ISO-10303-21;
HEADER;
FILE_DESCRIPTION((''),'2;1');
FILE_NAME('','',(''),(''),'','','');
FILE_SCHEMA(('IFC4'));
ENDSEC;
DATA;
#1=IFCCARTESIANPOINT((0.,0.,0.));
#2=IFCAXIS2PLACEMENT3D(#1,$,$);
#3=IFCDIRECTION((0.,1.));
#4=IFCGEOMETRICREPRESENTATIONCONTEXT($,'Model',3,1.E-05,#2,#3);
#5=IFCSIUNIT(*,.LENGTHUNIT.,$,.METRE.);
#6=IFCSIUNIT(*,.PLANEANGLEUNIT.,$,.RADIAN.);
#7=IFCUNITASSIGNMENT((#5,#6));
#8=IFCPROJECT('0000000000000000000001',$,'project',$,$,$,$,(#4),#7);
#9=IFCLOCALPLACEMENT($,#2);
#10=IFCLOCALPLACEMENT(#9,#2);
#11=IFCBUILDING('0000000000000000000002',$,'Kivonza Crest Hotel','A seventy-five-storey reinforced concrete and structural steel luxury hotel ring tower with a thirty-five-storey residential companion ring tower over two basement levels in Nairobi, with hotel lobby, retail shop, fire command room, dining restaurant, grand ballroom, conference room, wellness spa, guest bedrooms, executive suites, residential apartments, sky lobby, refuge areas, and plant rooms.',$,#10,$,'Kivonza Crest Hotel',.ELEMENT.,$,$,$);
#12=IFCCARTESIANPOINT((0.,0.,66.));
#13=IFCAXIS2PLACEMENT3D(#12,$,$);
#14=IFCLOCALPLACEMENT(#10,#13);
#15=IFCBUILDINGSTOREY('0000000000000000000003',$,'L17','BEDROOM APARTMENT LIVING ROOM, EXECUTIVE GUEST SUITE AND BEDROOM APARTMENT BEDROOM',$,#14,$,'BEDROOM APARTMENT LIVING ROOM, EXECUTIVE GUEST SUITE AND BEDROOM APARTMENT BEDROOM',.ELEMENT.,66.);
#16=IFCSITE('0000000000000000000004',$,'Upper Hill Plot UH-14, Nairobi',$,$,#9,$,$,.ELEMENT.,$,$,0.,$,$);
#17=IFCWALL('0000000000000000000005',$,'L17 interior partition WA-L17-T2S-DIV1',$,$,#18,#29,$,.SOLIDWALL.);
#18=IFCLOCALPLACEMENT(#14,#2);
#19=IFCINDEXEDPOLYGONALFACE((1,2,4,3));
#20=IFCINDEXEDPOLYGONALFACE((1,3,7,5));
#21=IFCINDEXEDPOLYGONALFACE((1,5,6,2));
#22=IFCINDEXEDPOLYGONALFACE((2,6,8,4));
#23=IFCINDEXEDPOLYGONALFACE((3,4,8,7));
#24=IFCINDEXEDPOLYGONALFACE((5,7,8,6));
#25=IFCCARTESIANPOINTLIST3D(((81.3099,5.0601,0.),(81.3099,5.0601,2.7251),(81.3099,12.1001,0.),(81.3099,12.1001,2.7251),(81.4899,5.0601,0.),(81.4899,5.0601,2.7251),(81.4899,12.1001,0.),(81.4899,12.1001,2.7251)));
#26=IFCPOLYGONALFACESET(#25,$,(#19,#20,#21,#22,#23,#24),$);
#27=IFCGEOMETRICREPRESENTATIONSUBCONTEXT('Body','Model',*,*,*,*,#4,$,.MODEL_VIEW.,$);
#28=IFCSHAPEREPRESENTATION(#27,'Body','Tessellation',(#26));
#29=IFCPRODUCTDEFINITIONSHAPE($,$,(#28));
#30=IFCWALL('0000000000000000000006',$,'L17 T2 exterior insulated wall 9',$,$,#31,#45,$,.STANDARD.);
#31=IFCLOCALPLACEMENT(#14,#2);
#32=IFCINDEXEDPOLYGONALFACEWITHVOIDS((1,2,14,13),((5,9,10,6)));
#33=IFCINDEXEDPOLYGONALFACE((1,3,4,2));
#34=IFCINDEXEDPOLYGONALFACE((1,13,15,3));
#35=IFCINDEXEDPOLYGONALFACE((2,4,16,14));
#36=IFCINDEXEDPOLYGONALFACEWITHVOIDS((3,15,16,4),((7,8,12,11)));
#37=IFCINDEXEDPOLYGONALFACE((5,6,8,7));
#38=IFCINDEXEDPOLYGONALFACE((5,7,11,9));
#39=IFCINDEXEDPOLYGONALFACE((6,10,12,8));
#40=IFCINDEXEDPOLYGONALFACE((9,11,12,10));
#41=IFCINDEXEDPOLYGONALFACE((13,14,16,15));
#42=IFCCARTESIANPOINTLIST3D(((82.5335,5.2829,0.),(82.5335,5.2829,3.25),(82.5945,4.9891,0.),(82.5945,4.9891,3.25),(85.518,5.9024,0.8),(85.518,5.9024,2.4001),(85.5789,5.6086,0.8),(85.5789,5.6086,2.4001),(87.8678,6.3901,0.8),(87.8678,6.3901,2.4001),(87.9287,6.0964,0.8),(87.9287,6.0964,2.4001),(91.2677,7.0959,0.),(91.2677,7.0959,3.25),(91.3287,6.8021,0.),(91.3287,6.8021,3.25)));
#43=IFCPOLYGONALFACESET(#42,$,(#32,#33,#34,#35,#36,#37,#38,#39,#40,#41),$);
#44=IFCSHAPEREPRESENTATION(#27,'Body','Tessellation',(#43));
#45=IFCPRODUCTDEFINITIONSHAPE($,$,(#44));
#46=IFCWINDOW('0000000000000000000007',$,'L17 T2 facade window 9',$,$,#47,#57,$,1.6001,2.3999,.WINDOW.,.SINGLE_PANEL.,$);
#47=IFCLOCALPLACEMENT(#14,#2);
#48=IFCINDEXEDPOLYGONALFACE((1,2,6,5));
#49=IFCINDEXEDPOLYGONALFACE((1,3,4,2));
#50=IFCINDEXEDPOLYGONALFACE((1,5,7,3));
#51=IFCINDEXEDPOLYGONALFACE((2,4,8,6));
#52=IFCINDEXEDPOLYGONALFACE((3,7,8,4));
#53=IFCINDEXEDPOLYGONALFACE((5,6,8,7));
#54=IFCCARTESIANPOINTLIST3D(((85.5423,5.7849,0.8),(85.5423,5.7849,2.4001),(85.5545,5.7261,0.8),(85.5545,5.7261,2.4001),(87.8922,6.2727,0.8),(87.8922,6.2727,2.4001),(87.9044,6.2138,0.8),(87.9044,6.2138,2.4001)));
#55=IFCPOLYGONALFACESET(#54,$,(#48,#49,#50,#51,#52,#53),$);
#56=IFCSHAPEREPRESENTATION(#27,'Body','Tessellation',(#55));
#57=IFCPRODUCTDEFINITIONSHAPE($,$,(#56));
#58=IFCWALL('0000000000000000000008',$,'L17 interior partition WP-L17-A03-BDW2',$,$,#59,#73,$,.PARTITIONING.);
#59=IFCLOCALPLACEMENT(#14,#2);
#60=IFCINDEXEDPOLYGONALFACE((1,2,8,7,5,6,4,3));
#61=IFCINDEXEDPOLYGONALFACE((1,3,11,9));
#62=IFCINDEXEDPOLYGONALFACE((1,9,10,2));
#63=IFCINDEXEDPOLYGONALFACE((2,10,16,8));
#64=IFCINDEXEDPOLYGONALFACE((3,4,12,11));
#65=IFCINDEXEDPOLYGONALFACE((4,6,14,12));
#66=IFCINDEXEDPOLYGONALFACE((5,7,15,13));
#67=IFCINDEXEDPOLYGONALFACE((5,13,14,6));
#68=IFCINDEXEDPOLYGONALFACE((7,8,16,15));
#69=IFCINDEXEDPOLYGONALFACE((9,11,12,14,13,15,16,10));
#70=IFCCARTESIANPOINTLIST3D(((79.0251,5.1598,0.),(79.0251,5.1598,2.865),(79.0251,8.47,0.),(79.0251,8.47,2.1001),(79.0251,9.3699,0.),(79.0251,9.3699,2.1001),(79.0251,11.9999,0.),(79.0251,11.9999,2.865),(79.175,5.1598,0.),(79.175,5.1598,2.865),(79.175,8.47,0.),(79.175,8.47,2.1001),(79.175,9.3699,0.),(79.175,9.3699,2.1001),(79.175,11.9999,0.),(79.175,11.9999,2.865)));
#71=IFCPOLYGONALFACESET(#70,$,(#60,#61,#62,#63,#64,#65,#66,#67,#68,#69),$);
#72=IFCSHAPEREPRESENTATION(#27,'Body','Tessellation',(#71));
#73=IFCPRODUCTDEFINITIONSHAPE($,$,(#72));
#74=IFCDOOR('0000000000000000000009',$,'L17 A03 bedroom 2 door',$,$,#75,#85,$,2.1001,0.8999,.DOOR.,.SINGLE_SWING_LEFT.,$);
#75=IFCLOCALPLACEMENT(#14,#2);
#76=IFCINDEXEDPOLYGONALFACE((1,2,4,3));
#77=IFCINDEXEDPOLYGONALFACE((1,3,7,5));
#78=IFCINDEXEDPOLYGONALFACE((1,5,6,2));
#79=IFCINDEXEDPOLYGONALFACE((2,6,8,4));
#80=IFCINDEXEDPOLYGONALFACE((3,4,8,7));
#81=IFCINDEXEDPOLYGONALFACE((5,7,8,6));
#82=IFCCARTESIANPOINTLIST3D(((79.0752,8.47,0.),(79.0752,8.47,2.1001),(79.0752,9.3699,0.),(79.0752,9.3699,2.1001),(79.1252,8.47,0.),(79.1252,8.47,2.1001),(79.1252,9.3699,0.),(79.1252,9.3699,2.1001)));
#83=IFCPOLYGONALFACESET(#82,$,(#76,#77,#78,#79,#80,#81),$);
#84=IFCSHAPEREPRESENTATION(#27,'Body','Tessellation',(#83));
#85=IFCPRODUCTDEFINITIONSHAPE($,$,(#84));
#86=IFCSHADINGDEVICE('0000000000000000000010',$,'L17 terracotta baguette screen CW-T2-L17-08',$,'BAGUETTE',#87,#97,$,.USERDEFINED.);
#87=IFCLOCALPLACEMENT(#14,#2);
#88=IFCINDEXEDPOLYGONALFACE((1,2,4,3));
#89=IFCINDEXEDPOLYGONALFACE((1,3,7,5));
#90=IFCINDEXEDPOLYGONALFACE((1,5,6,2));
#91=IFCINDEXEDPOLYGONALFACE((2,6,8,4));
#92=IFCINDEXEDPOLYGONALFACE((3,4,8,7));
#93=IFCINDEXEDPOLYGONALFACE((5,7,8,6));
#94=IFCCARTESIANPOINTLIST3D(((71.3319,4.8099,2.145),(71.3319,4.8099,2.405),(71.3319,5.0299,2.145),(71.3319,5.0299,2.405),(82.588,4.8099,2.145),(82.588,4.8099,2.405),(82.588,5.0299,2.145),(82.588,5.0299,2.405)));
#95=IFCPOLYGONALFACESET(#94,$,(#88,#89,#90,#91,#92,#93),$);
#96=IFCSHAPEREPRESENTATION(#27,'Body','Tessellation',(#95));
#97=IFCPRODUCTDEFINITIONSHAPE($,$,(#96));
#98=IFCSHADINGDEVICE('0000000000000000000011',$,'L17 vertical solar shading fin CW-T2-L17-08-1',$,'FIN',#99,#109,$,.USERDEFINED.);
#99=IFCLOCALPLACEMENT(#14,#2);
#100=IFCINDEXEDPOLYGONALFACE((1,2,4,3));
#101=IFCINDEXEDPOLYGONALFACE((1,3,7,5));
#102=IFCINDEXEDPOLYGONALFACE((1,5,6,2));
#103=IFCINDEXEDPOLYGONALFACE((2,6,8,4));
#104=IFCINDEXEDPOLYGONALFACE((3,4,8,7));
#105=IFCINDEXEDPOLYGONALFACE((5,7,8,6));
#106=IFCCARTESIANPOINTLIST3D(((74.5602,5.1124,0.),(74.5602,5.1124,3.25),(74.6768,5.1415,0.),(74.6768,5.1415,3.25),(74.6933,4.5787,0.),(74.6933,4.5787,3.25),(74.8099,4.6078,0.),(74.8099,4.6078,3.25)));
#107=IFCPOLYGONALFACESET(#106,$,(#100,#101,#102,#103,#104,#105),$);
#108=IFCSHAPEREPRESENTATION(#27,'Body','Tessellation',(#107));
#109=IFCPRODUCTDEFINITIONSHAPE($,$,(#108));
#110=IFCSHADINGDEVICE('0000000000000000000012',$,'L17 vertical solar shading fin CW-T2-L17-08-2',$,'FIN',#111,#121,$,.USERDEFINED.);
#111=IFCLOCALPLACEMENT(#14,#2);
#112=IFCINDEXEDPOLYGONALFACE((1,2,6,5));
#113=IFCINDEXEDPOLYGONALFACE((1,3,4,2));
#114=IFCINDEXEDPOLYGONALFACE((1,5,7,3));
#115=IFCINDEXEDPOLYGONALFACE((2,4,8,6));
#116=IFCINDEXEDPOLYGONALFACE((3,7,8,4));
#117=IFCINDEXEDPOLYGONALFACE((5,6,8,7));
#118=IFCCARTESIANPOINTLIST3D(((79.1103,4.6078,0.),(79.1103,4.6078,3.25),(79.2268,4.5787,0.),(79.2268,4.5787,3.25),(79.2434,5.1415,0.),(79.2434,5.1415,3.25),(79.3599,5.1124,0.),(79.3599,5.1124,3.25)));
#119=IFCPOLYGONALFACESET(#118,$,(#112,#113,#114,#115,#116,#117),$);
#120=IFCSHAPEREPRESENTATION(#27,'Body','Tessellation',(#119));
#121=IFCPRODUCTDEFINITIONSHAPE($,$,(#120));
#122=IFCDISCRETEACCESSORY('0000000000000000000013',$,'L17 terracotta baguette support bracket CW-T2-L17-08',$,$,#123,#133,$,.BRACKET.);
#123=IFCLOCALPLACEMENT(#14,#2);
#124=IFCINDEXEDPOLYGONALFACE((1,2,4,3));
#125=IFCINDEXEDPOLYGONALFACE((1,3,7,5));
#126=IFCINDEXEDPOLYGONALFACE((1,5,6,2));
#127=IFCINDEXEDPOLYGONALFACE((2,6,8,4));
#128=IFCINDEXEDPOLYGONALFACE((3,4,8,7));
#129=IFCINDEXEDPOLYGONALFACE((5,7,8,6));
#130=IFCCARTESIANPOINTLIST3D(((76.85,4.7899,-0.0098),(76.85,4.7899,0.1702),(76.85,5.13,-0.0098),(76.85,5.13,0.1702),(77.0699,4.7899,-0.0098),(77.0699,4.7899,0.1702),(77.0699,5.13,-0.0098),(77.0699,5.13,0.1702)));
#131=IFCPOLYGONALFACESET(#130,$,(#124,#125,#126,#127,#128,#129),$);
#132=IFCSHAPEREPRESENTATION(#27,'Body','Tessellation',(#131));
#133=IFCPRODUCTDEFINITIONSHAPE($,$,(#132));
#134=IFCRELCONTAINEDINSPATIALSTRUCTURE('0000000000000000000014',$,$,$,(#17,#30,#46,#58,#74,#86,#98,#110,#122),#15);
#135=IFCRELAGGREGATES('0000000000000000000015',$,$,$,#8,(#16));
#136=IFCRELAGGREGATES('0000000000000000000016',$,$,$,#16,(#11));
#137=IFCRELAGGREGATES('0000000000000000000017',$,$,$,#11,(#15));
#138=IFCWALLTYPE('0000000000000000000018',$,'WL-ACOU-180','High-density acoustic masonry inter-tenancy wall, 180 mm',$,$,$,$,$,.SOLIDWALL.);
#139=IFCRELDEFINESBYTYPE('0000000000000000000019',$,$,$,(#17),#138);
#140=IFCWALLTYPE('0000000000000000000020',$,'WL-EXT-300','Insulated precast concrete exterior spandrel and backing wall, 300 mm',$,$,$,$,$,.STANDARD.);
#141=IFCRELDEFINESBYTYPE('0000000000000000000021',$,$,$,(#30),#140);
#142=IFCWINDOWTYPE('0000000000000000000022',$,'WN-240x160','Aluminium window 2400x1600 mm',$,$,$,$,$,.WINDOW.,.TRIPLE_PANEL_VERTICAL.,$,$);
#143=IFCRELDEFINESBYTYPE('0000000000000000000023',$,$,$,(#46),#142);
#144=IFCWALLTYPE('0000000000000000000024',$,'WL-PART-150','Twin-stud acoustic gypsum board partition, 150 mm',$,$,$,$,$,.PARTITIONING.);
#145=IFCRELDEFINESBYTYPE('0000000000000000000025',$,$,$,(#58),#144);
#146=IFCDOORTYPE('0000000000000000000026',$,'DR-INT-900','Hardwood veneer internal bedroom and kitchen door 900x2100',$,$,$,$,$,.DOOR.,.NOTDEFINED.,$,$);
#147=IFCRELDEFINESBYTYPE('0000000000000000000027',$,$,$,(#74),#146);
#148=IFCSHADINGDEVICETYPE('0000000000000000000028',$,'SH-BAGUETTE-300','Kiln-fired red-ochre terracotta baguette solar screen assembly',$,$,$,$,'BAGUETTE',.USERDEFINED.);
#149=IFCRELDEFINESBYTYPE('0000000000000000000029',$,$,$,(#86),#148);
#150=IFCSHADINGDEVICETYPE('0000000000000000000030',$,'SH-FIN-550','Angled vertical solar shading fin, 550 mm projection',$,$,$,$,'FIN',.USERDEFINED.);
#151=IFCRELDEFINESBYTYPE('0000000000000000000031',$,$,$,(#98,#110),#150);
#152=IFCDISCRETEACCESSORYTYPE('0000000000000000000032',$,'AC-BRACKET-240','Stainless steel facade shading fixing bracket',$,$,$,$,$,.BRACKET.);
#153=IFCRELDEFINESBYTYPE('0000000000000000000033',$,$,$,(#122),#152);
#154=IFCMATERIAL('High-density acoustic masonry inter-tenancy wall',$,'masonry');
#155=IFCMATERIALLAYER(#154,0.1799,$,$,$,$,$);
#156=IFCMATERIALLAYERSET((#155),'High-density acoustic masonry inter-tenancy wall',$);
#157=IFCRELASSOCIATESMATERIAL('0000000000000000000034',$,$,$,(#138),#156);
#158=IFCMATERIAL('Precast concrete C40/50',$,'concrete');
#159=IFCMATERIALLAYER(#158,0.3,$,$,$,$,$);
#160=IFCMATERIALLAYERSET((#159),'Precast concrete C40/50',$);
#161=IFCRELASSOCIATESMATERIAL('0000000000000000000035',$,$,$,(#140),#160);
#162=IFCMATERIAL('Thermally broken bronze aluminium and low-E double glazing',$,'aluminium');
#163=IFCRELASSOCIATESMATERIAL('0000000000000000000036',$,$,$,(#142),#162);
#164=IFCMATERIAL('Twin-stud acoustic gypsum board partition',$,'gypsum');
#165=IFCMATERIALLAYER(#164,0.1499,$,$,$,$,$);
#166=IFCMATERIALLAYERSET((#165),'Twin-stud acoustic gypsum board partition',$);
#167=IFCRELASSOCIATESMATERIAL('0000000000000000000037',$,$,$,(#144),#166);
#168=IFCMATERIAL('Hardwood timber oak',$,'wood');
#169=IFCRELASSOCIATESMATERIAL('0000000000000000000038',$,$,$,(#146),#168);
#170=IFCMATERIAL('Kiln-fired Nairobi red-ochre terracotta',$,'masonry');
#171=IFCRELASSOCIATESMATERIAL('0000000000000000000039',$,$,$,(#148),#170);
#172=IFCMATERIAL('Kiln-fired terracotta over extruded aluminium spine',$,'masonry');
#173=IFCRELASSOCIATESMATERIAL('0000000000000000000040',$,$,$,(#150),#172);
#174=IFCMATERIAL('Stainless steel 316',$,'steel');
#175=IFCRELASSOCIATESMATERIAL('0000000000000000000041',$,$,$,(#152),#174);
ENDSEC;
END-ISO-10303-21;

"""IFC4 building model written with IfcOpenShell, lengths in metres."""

from ifc_helpers import new_model, si_unit, direction, frame, frame_2d, origin, origin_2d, place, context, subcontext, project, spatial, rectangle, extrude, material, layer, layer_set, type_object, element, fill, save


model = new_model("IFC4")

# Units and contexts
model_context = context("Model", 3, precision=1e-05, world=origin(), true_north=direction((0.0, 1.0)))
body_context = subcontext(model_context, "Body", "Model", "MODEL_VIEW")
ifc_project = project(units=[si_unit("LENGTHUNIT", "METRE"), si_unit("PLANEANGLEUNIT", "RADIAN")], contexts=[model_context])

# Site, building, storey
site_placement = place(None, origin())
site = spatial("IfcSite", under=ifc_project, at=site_placement, Name="Upper Hill Plot UH-14, Nairobi", CompositionType="ELEMENT", RefElevation=0.0)
building_placement = place(site_placement, origin())
building = spatial("IfcBuilding", under=site, at=building_placement, Name="Kivonza Crest Hotel", Description="A seventy-five-storey reinforced concrete and structural steel luxury hotel ring tower with a thirty-five-storey residential companion ring tower over two basement levels in Nairobi, with hotel lobby, retail shop, fire command room, dining restaurant, grand ballroom, conference room, wellness spa, guest bedrooms, executive suites, residential apartments, sky lobby, refuge areas, and plant rooms.", LongName="Kivonza Crest Hotel", CompositionType="ELEMENT")
storey_placement = place(building_placement, frame((0.0, 0.0, 66.0)))
storey = spatial("IfcBuildingStorey", under=building, at=storey_placement, Name="L17", Description="BEDROOM APARTMENT LIVING ROOM, EXECUTIVE GUEST SUITE AND BEDROOM APARTMENT BEDROOM", LongName="BEDROOM APARTMENT LIVING ROOM, EXECUTIVE GUEST SUITE AND BEDROOM APARTMENT BEDROOM", CompositionType="ELEMENT", Elevation=66.0)

# Wall
ifc_material_1 = material(Name="High-density acoustic masonry inter-tenancy wall", Category="masonry")
ifc_layer_1 = layer(ifc_material_1, 0.1799)
ifc_layer_set_1 = layer_set([ifc_layer_1], Name="High-density acoustic masonry inter-tenancy wall")
wall_type_1 = type_object("IfcWallType", Name="WL-ACOU-180", Description="High-density acoustic masonry inter-tenancy wall, 180 mm", PredefinedType="SOLIDWALL", material=ifc_layer_set_1)
wall_1_placement = place(storey_placement, frame((81.3999, 5.0601, 0.0), z_axis=(0.0, 0.0, 1.0), x_axis=(0.0, 1.0, 0.0)))
element("IfcWall", 1, at=wall_1_placement, inside=storey, type_object=wall_type_1, Name="L17 interior partition WA-L17-T2S-DIV1", PredefinedType="SOLIDWALL", context=body_context, shape_type="SweptSolid", body=[
    extrude(rectangle(XDim=7.04, YDim=0.1799, at=frame_2d((3.52, 0.0))), origin(), (0.0, 0.0, 1.0), 2.7251),
])

# Wall, opening, window
ifc_material_2 = material(Name="Precast concrete C40/50", Category="concrete")
ifc_layer_2 = layer(ifc_material_2, 0.3)
ifc_layer_set_2 = layer_set([ifc_layer_2], Name="Precast concrete C40/50")
wall_type_2 = type_object("IfcWallType", Name="WL-EXT-300", Description="Insulated precast concrete exterior spandrel and backing wall, 300 mm", PredefinedType="STANDARD", material=ifc_layer_set_2)
wall_2_placement = place(storey_placement, frame((82.564, 5.136, 0.0), z_axis=(0.0, 0.0, 1.0), x_axis=(0.979128, 0.203243, 0.0)))
wall_2 = element("IfcWall", 2, at=wall_2_placement, inside=storey, type_object=wall_type_2, Name="L17 T2 exterior insulated wall 9", PredefinedType="STANDARD", context=body_context, shape_type="SweptSolid", body=[
    extrude(rectangle(XDim=8.9204, YDim=0.3, at=frame_2d((4.4602, 0.0))), origin(), (0.0, 0.0, 1.0), 3.25),
])
opening_1_placement = place(wall_2_placement, frame((3.0481, 0.0, 0.8)))
opening_1 = element("IfcOpeningElement", 3, at=opening_1_placement, cuts=wall_2, PredefinedType="OPENING", context=body_context, shape_type="SweptSolid", body=[
    extrude(rectangle(XDim=2.3999, YDim=1.6001, at=frame_2d((1.2, 0.8))), frame((0.0, 0.1602, 0.0), z_axis=(0.0, -1.0, 0.0), x_axis=(1.0, 0.0, 0.0)), (0.0, 0.0, 1.0), 0.3201),
])
ifc_material_3 = material(Name="Thermally broken bronze aluminium and low-E double glazing", Category="aluminium")
window_type = type_object("IfcWindowType", Name="WN-240x160", Description="Aluminium window 2400x1600 mm", PartitioningType="TRIPLE_PANEL_VERTICAL", PredefinedType="WINDOW", material=ifc_material_3)
window_placement = place(opening_1_placement, origin())
window = element("IfcWindow", 4, at=window_placement, inside=storey, type_object=window_type, Name="L17 T2 facade window 9", OverallHeight=1.6001, OverallWidth=2.3999, PartitioningType="SINGLE_PANEL", PredefinedType="WINDOW", context=body_context, shape_type="SweptSolid", body=[
    extrude(rectangle(XDim=2.3999, YDim=1.6001, at=frame_2d((1.2, 0.8))), frame((0.0, 0.03, 0.0), z_axis=(0.0, -1.0, 0.0), x_axis=(1.0, 0.0, 0.0)), (0.0, 0.0, 1.0), 0.0601),
])
fill(opening_1, window)

# Wall, opening, door
ifc_material_4 = material(Name="Twin-stud acoustic gypsum board partition", Category="gypsum")
ifc_layer_3 = layer(ifc_material_4, 0.1499)
ifc_layer_set_3 = layer_set([ifc_layer_3], Name="Twin-stud acoustic gypsum board partition")
wall_type_3 = type_object("IfcWallType", Name="WL-PART-150", Description="Twin-stud acoustic gypsum board partition, 150 mm", PredefinedType="PARTITIONING", material=ifc_layer_set_3)
wall_3_placement = place(storey_placement, frame((79.1001, 5.1599, 0.0), z_axis=(0.0, 0.0, 1.0), x_axis=(0.0, 1.0, 0.0)))
wall_3 = element("IfcWall", 5, at=wall_3_placement, inside=storey, type_object=wall_type_3, Name="L17 interior partition WP-L17-A03-BDW2", PredefinedType="PARTITIONING", context=body_context, shape_type="SweptSolid", body=[
    extrude(rectangle(XDim=6.8401, YDim=0.1499, at=frame_2d((3.4199, 0.0))), origin(), (0.0, 0.0, 1.0), 2.865),
])
opening_2_placement = place(wall_3_placement, frame((3.3101, 0.0, 0.0)))
opening_2 = element("IfcOpeningElement", 6, at=opening_2_placement, cuts=wall_3, PredefinedType="OPENING", context=body_context, shape_type="SweptSolid", body=[
    extrude(rectangle(XDim=0.8999, YDim=2.1001, at=frame_2d((0.45, 1.05))), frame((0.0, 0.085, 0.0), z_axis=(0.0, -1.0, 0.0), x_axis=(1.0, 0.0, 0.0)), (0.0, 0.0, 1.0), 0.1699),
])
ifc_material_5 = material(Name="Hardwood timber oak", Category="wood")
door_type = type_object("IfcDoorType", Name="DR-INT-900", Description="Hardwood veneer internal bedroom and kitchen door 900x2100", OperationType="NOTDEFINED", PredefinedType="DOOR", material=ifc_material_5)
door_placement = place(opening_2_placement, origin())
door = element("IfcDoor", 7, at=door_placement, inside=storey, type_object=door_type, Name="L17 A03 bedroom 2 door", OperationType="SINGLE_SWING_LEFT", OverallHeight=2.1001, OverallWidth=0.8999, PredefinedType="DOOR", context=body_context, shape_type="SweptSolid", body=[
    extrude(rectangle(XDim=0.8999, YDim=2.1001, at=frame_2d((0.45, 1.05))), frame((0.0, 0.0249, 0.0), z_axis=(0.0, -1.0, 0.0), x_axis=(1.0, 0.0, 0.0)), (0.0, 0.0, 1.0), 0.05),
])
fill(opening_2, door)

# Shading devices
ifc_material_6 = material(Name="Kiln-fired Nairobi red-ochre terracotta", Category="masonry")
shading_device_type_1 = type_object("IfcShadingDeviceType", Name="SH-BAGUETTE-300", Description="Kiln-fired red-ochre terracotta baguette solar screen assembly", ElementType="BAGUETTE", PredefinedType="USERDEFINED", material=ifc_material_6)
shading_device_placement = place(storey_placement, frame((76.96, 4.9199, 2.145), z_axis=(0.0, 0.0, 1.0), x_axis=(1.0, 0.0, 0.0)))
element("IfcShadingDevice", 8, at=shading_device_placement, inside=storey, type_object=shading_device_type_1, Name="L17 terracotta baguette screen CW-T2-L17-08", ObjectType="BAGUETTE", PredefinedType="USERDEFINED", context=body_context, shape_type="SweptSolid", body=[
    extrude(rectangle(XDim=11.2561, YDim=0.22, at=origin_2d()), origin(), (0.0, 0.0, 1.0), 0.26),
])
ifc_material_7 = material(Name="Kiln-fired terracotta over extruded aluminium spine", Category="masonry")
shading_device_type_2 = type_object("IfcShadingDeviceType", Name="SH-FIN-550", Description="Angled vertical solar shading fin, 550 mm projection", ElementType="FIN", PredefinedType="USERDEFINED", material=ifc_material_7)
for number, where, z_axis, x_axis, name in (
    (9, (74.6851, 4.8601, 0.0), (0.0, 0.0, 1.0), (0.970296, 0.241922, 0.0), "L17 vertical solar shading fin CW-T2-L17-08-1"),
    (10, (79.2351, 4.8601, 0.0), (0.0, 0.0, 1.0), (0.970296, -0.241922, 0.0), "L17 vertical solar shading fin CW-T2-L17-08-2"),
):
    element("IfcShadingDevice", number, at=place(storey_placement, frame(where, z_axis=z_axis, x_axis=x_axis)), inside=storey, type_object=shading_device_type_2, Name=name, ObjectType="FIN", PredefinedType="USERDEFINED", context=body_context, shape_type="SweptSolid", body=[
        extrude(rectangle(XDim=0.1201, YDim=0.55, at=origin_2d()), origin(), (0.0, 0.0, 1.0), 3.25),
    ])

# Discrete accessory
ifc_material_8 = material(Name="Stainless steel 316", Category="steel")
discrete_accessory_type = type_object("IfcDiscreteAccessoryType", Name="AC-BRACKET-240", Description="Stainless steel facade shading fixing bracket", PredefinedType="BRACKET", material=ifc_material_8)
discrete_accessory_placement = place(storey_placement, frame((76.96, 4.96, -0.0098), z_axis=(0.0, 0.0, 1.0), x_axis=(1.0, 0.0, 0.0)))
element("IfcDiscreteAccessory", 11, at=discrete_accessory_placement, inside=storey, type_object=discrete_accessory_type, Name="L17 terracotta baguette support bracket CW-T2-L17-08", PredefinedType="BRACKET", context=body_context, shape_type="SweptSolid", body=[
    extrude(rectangle(XDim=0.22, YDim=0.3401, at=origin_2d()), origin(), (0.0, 0.0, 1.0), 0.1799),
])

save(model, "model.ifc")
